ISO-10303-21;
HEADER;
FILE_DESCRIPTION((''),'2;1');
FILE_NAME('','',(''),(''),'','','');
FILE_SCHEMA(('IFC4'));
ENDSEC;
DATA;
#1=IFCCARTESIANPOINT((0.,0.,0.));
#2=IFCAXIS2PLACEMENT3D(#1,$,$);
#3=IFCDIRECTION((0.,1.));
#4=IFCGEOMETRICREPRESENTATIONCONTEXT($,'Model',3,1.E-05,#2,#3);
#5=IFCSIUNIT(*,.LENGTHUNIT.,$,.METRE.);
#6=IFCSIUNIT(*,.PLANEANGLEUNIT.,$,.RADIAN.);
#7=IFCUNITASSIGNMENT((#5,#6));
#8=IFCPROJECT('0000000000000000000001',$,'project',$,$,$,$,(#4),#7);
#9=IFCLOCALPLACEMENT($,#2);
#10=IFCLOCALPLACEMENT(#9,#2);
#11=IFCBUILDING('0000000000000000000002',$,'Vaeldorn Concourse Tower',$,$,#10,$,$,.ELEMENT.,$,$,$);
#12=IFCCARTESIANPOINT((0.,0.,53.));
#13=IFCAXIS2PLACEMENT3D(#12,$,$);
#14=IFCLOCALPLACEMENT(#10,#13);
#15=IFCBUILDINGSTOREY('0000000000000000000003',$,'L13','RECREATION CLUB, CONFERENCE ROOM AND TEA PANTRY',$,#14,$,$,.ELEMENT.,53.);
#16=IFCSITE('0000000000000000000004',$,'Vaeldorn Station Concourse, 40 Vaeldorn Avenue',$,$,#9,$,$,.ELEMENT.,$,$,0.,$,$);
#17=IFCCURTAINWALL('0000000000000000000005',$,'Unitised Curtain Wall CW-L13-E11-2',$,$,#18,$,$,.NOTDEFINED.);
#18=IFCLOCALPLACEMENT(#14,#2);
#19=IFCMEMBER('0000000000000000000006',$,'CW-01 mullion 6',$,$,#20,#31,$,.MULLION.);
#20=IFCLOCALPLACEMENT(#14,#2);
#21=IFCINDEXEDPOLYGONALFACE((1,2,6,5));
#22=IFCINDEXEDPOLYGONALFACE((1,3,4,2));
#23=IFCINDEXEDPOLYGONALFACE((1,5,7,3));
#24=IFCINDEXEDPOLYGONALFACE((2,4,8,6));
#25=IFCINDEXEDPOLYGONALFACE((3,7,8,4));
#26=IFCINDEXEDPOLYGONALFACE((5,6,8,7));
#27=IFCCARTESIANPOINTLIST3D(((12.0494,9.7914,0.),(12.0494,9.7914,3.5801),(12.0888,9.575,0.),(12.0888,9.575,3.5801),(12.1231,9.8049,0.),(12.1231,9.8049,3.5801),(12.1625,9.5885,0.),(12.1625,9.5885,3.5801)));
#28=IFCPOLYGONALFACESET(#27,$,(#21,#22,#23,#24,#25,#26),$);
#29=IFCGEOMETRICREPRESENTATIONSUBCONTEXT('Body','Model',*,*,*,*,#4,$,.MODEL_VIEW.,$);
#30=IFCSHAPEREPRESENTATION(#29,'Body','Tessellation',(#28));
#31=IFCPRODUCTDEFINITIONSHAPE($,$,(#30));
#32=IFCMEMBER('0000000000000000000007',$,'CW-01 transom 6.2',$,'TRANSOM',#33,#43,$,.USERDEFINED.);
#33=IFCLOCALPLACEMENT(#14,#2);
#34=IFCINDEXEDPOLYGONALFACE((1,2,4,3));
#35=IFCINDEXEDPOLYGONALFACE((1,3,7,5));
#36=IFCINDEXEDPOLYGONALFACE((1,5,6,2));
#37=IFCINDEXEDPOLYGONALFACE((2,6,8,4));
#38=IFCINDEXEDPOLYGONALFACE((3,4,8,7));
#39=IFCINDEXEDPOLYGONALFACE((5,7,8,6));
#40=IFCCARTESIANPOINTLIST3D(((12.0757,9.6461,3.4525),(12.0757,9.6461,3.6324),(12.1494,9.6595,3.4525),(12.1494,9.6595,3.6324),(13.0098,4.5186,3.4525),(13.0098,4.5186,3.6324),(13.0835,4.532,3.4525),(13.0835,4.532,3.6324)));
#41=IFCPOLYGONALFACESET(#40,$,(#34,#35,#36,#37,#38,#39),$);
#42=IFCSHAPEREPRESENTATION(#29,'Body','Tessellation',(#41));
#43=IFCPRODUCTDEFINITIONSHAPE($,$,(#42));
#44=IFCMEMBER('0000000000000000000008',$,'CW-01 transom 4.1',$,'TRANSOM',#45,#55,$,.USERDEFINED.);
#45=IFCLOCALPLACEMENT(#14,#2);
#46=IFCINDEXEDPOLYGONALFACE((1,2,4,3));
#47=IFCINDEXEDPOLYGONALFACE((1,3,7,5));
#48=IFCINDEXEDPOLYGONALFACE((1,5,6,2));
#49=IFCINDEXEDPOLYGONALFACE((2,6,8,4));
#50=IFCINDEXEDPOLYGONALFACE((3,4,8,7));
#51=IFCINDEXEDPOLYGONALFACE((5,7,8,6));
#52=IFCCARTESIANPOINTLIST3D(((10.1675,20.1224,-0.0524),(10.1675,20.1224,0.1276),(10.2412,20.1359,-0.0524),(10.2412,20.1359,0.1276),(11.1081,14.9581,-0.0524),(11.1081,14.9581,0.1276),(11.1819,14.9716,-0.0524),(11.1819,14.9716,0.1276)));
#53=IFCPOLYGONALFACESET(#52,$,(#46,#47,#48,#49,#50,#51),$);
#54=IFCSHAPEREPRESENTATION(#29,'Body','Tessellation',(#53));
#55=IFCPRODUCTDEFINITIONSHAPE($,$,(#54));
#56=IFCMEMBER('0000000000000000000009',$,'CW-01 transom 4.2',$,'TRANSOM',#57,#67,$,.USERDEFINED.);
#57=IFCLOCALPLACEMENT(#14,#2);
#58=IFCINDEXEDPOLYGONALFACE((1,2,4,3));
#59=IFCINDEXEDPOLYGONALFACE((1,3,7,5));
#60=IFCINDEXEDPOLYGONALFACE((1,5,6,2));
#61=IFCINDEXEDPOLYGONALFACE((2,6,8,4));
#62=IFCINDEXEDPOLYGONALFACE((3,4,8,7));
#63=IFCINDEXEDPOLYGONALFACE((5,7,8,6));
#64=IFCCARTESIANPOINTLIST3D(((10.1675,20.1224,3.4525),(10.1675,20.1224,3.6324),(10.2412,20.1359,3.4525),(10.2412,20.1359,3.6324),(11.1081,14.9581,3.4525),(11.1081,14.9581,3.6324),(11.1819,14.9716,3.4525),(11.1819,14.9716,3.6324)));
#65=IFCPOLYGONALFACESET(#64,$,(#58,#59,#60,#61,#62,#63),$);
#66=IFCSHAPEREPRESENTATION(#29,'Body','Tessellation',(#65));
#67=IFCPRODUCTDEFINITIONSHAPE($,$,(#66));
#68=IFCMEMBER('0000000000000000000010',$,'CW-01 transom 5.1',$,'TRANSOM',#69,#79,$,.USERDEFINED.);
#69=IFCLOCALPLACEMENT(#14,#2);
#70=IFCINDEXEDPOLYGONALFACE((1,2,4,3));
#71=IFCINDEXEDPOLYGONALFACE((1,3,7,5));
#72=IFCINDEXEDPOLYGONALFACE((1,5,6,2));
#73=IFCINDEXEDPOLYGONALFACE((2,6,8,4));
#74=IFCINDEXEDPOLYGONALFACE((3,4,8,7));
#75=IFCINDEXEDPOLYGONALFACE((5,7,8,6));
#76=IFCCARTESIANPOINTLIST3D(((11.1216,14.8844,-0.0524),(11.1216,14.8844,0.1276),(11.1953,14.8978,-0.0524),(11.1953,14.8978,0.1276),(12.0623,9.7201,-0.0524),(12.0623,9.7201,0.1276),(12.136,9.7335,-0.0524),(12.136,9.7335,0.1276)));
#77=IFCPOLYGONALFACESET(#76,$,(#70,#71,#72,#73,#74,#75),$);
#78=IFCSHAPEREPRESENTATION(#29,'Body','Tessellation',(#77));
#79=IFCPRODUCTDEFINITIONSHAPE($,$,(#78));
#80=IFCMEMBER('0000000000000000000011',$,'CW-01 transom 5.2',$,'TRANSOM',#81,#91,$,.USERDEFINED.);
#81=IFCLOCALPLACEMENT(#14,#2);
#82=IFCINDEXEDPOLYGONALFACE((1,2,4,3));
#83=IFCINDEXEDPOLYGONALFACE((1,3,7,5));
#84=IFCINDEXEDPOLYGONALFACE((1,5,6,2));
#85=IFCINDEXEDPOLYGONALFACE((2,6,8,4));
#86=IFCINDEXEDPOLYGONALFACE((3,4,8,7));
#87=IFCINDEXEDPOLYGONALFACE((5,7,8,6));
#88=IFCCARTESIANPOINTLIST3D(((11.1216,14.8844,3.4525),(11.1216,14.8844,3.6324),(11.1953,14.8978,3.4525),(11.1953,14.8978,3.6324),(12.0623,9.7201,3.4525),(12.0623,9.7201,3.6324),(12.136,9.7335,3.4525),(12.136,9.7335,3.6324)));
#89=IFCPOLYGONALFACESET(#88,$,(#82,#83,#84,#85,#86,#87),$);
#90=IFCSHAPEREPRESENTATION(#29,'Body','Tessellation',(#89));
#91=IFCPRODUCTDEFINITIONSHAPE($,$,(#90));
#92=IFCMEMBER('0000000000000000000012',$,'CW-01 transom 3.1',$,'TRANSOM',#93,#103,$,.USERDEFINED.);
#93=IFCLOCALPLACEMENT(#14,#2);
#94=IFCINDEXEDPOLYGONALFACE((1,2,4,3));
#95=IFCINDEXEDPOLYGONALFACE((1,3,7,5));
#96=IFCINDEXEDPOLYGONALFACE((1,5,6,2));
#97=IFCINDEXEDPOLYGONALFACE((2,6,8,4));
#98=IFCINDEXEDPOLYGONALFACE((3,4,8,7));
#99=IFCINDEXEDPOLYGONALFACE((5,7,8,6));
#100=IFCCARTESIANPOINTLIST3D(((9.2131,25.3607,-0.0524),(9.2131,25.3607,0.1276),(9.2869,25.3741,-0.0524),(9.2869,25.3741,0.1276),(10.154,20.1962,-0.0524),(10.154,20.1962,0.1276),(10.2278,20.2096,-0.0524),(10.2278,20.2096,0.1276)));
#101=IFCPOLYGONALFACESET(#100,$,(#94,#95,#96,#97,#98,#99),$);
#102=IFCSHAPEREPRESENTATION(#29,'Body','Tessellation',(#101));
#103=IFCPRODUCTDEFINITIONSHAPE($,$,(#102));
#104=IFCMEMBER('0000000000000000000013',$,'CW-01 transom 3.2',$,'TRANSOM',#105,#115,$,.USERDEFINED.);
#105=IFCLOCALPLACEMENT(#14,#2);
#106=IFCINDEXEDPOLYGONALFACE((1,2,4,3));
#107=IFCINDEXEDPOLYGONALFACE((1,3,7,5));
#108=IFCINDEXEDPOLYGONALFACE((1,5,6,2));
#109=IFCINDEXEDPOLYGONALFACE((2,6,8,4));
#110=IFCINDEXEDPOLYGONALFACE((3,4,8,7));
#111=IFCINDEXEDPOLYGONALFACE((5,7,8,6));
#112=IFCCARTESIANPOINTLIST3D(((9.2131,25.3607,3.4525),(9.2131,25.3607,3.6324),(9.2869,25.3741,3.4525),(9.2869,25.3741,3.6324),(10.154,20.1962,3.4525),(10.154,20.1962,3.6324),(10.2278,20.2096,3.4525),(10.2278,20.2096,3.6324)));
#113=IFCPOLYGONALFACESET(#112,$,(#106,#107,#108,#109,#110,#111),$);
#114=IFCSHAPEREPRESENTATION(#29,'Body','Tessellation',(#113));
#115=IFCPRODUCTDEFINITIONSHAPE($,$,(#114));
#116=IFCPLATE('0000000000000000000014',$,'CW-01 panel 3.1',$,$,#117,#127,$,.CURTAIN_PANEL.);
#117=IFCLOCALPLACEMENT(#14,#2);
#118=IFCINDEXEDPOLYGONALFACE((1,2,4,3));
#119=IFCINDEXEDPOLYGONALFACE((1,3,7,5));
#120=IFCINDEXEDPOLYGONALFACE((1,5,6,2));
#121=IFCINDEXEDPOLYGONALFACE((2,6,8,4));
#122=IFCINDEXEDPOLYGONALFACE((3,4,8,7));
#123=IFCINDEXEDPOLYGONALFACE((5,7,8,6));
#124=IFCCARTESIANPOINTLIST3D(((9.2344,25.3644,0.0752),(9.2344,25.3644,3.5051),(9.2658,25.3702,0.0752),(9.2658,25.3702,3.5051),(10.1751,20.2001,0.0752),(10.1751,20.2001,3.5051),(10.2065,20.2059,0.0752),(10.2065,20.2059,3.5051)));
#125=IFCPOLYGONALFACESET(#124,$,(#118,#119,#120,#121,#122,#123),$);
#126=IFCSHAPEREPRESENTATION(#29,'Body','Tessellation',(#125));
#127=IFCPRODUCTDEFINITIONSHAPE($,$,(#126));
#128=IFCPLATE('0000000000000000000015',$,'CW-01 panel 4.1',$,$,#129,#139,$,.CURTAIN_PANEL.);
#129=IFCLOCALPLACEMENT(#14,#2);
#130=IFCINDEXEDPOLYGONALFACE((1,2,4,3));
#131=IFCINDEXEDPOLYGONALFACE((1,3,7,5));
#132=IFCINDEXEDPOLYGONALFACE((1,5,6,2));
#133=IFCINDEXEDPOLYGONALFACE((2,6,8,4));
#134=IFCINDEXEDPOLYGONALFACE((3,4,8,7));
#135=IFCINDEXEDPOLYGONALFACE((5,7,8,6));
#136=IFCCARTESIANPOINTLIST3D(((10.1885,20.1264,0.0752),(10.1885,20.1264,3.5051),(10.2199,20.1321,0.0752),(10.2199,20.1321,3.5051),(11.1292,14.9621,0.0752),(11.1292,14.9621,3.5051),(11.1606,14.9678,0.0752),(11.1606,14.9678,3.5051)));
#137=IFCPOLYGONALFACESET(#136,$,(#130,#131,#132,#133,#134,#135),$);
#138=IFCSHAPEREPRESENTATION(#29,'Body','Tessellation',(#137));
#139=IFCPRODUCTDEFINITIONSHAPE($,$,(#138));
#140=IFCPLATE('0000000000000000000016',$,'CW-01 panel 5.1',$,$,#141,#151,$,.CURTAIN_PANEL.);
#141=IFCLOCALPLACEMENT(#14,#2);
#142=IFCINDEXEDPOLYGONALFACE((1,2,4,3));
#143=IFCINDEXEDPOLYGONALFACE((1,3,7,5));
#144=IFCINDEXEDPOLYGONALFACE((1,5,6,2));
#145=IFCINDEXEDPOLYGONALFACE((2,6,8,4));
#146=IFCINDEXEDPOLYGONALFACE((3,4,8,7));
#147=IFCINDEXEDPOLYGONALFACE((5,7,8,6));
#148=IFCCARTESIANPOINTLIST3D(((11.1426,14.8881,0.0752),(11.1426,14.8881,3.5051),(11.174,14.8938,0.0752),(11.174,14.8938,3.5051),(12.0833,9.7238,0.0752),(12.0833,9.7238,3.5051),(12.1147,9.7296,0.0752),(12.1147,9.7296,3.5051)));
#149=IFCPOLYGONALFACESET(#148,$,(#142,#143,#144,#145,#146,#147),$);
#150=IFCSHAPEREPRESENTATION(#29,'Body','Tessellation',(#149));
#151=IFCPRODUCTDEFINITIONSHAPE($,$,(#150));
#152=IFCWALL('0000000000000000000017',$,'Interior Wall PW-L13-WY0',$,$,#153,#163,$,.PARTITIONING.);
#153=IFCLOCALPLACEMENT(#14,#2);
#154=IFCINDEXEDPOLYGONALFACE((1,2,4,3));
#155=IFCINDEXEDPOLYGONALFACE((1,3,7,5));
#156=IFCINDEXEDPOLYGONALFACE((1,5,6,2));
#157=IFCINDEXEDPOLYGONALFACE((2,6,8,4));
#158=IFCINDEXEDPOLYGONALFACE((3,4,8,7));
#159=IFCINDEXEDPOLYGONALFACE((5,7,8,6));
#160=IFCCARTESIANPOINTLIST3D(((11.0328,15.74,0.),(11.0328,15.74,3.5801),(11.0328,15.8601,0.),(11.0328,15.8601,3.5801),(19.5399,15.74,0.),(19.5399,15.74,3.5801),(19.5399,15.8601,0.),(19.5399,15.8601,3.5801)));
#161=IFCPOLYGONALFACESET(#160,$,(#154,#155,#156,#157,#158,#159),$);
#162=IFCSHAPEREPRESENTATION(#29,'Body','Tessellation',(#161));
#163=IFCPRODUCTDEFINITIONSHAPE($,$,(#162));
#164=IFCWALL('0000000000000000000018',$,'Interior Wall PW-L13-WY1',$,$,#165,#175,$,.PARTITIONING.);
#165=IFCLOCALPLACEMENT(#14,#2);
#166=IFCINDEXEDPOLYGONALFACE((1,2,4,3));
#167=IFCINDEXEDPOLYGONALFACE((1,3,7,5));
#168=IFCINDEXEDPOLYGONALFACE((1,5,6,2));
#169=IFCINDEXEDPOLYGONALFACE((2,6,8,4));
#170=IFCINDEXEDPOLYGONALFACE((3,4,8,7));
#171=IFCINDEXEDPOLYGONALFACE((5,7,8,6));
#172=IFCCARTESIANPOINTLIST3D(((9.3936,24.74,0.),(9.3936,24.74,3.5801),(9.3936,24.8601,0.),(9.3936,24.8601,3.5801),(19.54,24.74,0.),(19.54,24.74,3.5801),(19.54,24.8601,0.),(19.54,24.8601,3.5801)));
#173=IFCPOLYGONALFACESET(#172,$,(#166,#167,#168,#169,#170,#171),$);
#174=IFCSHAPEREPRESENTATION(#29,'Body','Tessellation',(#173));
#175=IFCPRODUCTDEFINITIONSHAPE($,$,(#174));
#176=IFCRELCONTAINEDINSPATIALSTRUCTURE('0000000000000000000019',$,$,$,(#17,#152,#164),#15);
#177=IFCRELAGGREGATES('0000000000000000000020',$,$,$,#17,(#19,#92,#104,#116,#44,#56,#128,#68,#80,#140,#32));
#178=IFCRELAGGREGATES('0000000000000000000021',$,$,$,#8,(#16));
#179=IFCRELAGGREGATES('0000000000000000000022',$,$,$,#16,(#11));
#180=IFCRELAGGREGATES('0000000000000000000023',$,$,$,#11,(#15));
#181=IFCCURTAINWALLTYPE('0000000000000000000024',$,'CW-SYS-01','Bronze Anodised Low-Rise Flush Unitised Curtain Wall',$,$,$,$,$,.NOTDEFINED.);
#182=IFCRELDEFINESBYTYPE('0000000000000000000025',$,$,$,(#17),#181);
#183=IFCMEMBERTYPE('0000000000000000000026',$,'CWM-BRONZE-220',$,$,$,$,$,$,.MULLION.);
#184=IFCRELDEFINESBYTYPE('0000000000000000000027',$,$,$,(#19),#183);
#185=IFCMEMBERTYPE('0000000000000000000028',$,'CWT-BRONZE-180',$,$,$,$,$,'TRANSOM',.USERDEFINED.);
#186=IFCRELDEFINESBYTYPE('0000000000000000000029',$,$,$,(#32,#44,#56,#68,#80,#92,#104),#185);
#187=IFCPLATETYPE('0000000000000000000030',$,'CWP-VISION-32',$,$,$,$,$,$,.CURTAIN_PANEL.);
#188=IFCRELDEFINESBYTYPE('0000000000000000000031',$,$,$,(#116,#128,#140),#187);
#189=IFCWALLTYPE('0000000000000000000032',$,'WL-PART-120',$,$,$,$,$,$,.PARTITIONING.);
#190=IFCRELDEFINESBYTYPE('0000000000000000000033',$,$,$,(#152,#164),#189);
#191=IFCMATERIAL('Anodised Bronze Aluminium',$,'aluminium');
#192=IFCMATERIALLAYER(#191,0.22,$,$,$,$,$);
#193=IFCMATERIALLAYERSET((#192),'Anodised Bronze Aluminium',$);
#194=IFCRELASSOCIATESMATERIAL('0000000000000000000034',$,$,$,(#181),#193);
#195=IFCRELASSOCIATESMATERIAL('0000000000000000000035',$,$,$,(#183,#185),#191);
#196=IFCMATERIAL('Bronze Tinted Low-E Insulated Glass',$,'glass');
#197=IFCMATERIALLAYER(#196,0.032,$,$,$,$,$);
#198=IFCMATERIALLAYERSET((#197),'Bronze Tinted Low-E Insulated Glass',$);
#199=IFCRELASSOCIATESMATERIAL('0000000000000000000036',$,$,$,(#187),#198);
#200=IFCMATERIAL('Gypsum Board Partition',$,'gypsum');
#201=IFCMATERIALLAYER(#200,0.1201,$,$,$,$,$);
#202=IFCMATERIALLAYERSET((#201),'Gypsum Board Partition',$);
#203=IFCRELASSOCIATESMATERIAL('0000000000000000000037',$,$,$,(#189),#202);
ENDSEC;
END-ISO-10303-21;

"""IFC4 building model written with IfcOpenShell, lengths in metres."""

from ifc_helpers import new_model, si_unit, direction, frame, frame_2d, origin, origin_2d, place, context, subcontext, project, spatial, rectangle, extrude, source, transform, mapped, material, layer, layer_set, material_profile, profile_set, type_object, element, aggregate, save


model = new_model("IFC4")

# Units and contexts
model_context = context("Model", 3, precision=1e-05, world=origin(), true_north=direction((0.0, 1.0)))
body_context = subcontext(model_context, "Body", "Model", "MODEL_VIEW")
ifc_project = project(units=[si_unit("LENGTHUNIT", "METRE"), si_unit("PLANEANGLEUNIT", "RADIAN")], contexts=[model_context])

# Site, building, storey
site_placement = place(None, origin())
site = spatial("IfcSite", under=ifc_project, at=site_placement, Name="Vaeldorn Station Concourse, 40 Vaeldorn Avenue", CompositionType="ELEMENT", RefElevation=0.0)
building_placement = place(site_placement, origin())
building = spatial("IfcBuilding", under=site, at=building_placement, Name="Vaeldorn Concourse Tower", CompositionType="ELEMENT")
storey_placement = place(building_placement, frame((0.0, 0.0, 53.0)))
storey = spatial("IfcBuildingStorey", under=building, at=storey_placement, Name="L13", Description="RECREATION CLUB, CONFERENCE ROOM AND TEA PANTRY", CompositionType="ELEMENT", Elevation=53.0)

# Curtain wall, members, plates
ifc_material_1 = material(Name="Anodised Bronze Aluminium", Category="aluminium")
ifc_layer_1 = layer(ifc_material_1, 0.22)
ifc_layer_set_1 = layer_set([ifc_layer_1], Name="Anodised Bronze Aluminium")
curtain_wall_type = type_object("IfcCurtainWallType", Name="CW-SYS-01", Description="Bronze Anodised Low-Rise Flush Unitised Curtain Wall", PredefinedType="NOTDEFINED", material=ifc_layer_set_1)
curtain_wall_placement = place(storey_placement, origin())
curtain_wall = element("IfcCurtainWall", 1, at=curtain_wall_placement, inside=storey, type_object=curtain_wall_type, Name="Unitised Curtain Wall CW-L13-E11-2", PredefinedType="NOTDEFINED")
ifc_material_profile_1 = material_profile(ifc_material_1, rectangle(XDim=0.075, YDim=0.22, at=origin_2d()), Name="CWM 75x220")
ifc_profile_set_1 = profile_set([ifc_material_profile_1], Name="Anodised Bronze Aluminium")
member_type_1 = type_object("IfcMemberType", Name="CWM-BRONZE-220", PredefinedType="MULLION", material=ifc_profile_set_1)
shared_shape_1 = source(origin(), body_context, "Body", "SweptSolid", [
    extrude(rectangle(XDim=0.075, YDim=0.22, at=origin_2d()), origin(), (0.0, 0.0, 1.0), 3.5801),
])
member_1_placement = place(storey_placement, frame((12.106, 9.6899, 0.0), z_axis=(0.0, 0.0, 1.0), x_axis=(0.983812, 0.179206, 0.0)))
member_1 = element("IfcMember", 2, at=member_1_placement, type_object=member_type_1, Name="CW-01 mullion 6", PredefinedType="MULLION", context=body_context, shape_type="MappedRepresentation", body=[
    mapped(shared_shape_1, transform((0.0, 0.0, 0.0), scale=1.0)),
])
ifc_material_profile_2 = material_profile(ifc_material_1, rectangle(XDim=0.075, YDim=0.1799, at=origin_2d()), Name="CWT 75x180")
ifc_profile_set_2 = profile_set([ifc_material_profile_2], Name="Anodised Bronze Aluminium")
member_type_2 = type_object("IfcMemberType", Name="CWT-BRONZE-180", ElementType="TRANSOM", PredefinedType="USERDEFINED", material=ifc_profile_set_2)
shared_shape_2 = source(origin(), body_context, "Body", "SweptSolid", [
    extrude(rectangle(XDim=0.075, YDim=0.1799, at=origin_2d()), origin(), (0.0, 0.0, 1.0), 5.2119),
])
member_2_placement = place(storey_placement, frame((12.1125, 9.6528, 3.5425), z_axis=(0.179223, -0.983808, 0.0), x_axis=(0.983808, 0.179223, 0.0)))
member_2 = element("IfcMember", 3, at=member_2_placement, type_object=member_type_2, Name="CW-01 transom 6.2", ObjectType="TRANSOM", PredefinedType="USERDEFINED", context=body_context, shape_type="MappedRepresentation", body=[
    mapped(shared_shape_2, transform((0.0, 0.0, 0.0), scale=1.0)),
])
shared_shape_3 = source(origin(), body_context, "Body", "SweptSolid", [
    extrude(rectangle(XDim=0.075, YDim=0.1799, at=origin_2d()), origin(), (0.0, 0.0, 1.0), 5.2493),
])
member_3_placement = place(storey_placement, frame((10.2043, 20.1292, 0.0376), z_axis=(0.179201, -0.983813, 0.0), x_axis=(0.983813, 0.179201, 0.0)))
member_3 = element("IfcMember", 4, at=member_3_placement, type_object=member_type_2, Name="CW-01 transom 4.1", ObjectType="TRANSOM", PredefinedType="USERDEFINED", context=body_context, shape_type="MappedRepresentation", body=[
    mapped(shared_shape_3, transform((0.0, 0.0, 0.0), scale=1.0)),
])
member_4_placement = place(storey_placement, frame((10.2043, 20.1292, 3.5425), z_axis=(0.179201, -0.983813, 0.0), x_axis=(0.983813, 0.179201, 0.0)))
member_4 = element("IfcMember", 5, at=member_4_placement, type_object=member_type_2, Name="CW-01 transom 4.2", ObjectType="TRANSOM", PredefinedType="USERDEFINED", context=body_context, shape_type="MappedRepresentation", body=[
    mapped(shared_shape_3, transform((0.0, 0.0, 0.0), scale=1.0)),
])
member_5_placement = place(storey_placement, frame((11.1584, 14.8911, 0.0376), z_axis=(0.179201, -0.983813, 0.0), x_axis=(0.983813, 0.179201, 0.0)))
member_5 = element("IfcMember", 6, at=member_5_placement, type_object=member_type_2, Name="CW-01 transom 5.1", ObjectType="TRANSOM", PredefinedType="USERDEFINED", context=body_context, shape_type="MappedRepresentation", body=[
    mapped(shared_shape_3, transform((0.0, 0.0, 0.0), scale=1.0)),
])
member_6_placement = place(storey_placement, frame((11.1584, 14.8911, 3.5425), z_axis=(0.179201, -0.983813, 0.0), x_axis=(0.983813, 0.179201, 0.0)))
member_6 = element("IfcMember", 7, at=member_6_placement, type_object=member_type_2, Name="CW-01 transom 5.2", ObjectType="TRANSOM", PredefinedType="USERDEFINED", context=body_context, shape_type="MappedRepresentation", body=[
    mapped(shared_shape_3, transform((0.0, 0.0, 0.0), scale=1.0)),
])
shared_shape_4 = source(origin(), body_context, "Body", "SweptSolid", [
    extrude(rectangle(XDim=0.075, YDim=0.1799, at=origin_2d()), origin(), (0.0, 0.0, 1.0), 5.2495),
])
member_7_placement = place(storey_placement, frame((9.25, 25.3674, 0.0376), z_axis=(0.179237, -0.983806, 0.0), x_axis=(0.983806, 0.179237, 0.0)))
member_7 = element("IfcMember", 8, at=member_7_placement, type_object=member_type_2, Name="CW-01 transom 3.1", ObjectType="TRANSOM", PredefinedType="USERDEFINED", context=body_context, shape_type="MappedRepresentation", body=[
    mapped(shared_shape_4, transform((0.0, 0.0, 0.0), scale=1.0)),
])
member_8_placement = place(storey_placement, frame((9.25, 25.3674, 3.5425), z_axis=(0.179237, -0.983806, 0.0), x_axis=(0.983806, 0.179237, 0.0)))
member_8 = element("IfcMember", 9, at=member_8_placement, type_object=member_type_2, Name="CW-01 transom 3.2", ObjectType="TRANSOM", PredefinedType="USERDEFINED", context=body_context, shape_type="MappedRepresentation", body=[
    mapped(shared_shape_4, transform((0.0, 0.0, 0.0), scale=1.0)),
])
ifc_material_2 = material(Name="Bronze Tinted Low-E Insulated Glass", Category="glass")
ifc_layer_2 = layer(ifc_material_2, 0.032)
ifc_layer_set_2 = layer_set([ifc_layer_2], Name="Bronze Tinted Low-E Insulated Glass")
plate_type = type_object("IfcPlateType", Name="CWP-VISION-32", PredefinedType="CURTAIN_PANEL", material=ifc_layer_set_2)
shared_shape_5 = source(origin(), body_context, "Body", "SweptSolid", [
    extrude(rectangle(XDim=5.2493, YDim=0.032, at=origin_2d()), origin(), (0.0, 0.0, 1.0), 3.4299),
])
plate_1_placement = place(storey_placement, frame((9.7205, 22.7852, 0.0752), z_axis=(0.0, 0.0, 1.0), x_axis=(0.179206, -0.983812, 0.0)))
plate_1 = element("IfcPlate", 10, at=plate_1_placement, type_object=plate_type, Name="CW-01 panel 3.1", PredefinedType="CURTAIN_PANEL", context=body_context, shape_type="MappedRepresentation", body=[
    mapped(shared_shape_5, transform((0.0, 0.0, 0.0), scale=1.0)),
])
plate_2_placement = place(storey_placement, frame((10.6746, 17.5471, 0.0752), z_axis=(0.0, 0.0, 1.0), x_axis=(0.179206, -0.983812, 0.0)))
plate_2 = element("IfcPlate", 11, at=plate_2_placement, type_object=plate_type, Name="CW-01 panel 4.1", PredefinedType="CURTAIN_PANEL", context=body_context, shape_type="MappedRepresentation", body=[
    mapped(shared_shape_5, transform((0.0, 0.0, 0.0), scale=1.0)),
])
plate_3_placement = place(storey_placement, frame((11.6287, 12.3088, 0.0752), z_axis=(0.0, 0.0, 1.0), x_axis=(0.179206, -0.983812, 0.0)))
plate_3 = element("IfcPlate", 12, at=plate_3_placement, type_object=plate_type, Name="CW-01 panel 5.1", PredefinedType="CURTAIN_PANEL", context=body_context, shape_type="MappedRepresentation", body=[
    mapped(shared_shape_5, transform((0.0, 0.0, 0.0), scale=1.0)),
])
aggregate(curtain_wall, [member_1, member_7, member_8, plate_1, member_3, member_4, plate_2, member_5, member_6, plate_3, member_2])

# Walls
ifc_material_3 = material(Name="Gypsum Board Partition", Category="gypsum")
ifc_layer_3 = layer(ifc_material_3, 0.1201)
ifc_layer_set_3 = layer_set([ifc_layer_3], Name="Gypsum Board Partition")
wall_type = type_object("IfcWallType", Name="WL-PART-120", PredefinedType="PARTITIONING", material=ifc_layer_set_3)
wall_1_placement = place(storey_placement, frame((11.033, 15.8, 0.0), z_axis=(0.0, 0.0, 1.0), x_axis=(1.0, 0.0, 0.0)))
element("IfcWall", 13, at=wall_1_placement, inside=storey, type_object=wall_type, Name="Interior Wall PW-L13-WY0", PredefinedType="PARTITIONING", context=body_context, shape_type="SweptSolid", body=[
    extrude(rectangle(XDim=8.5071, YDim=0.1201, at=frame_2d((4.2534, 0.0))), origin(), (0.0, 0.0, 1.0), 3.5801),
])
wall_2_placement = place(storey_placement, frame((9.3936, 24.8, 0.0), z_axis=(0.0, 0.0, 1.0), x_axis=(1.0, 0.0, 0.0)))
element("IfcWall", 14, at=wall_2_placement, inside=storey, type_object=wall_type, Name="Interior Wall PW-L13-WY1", PredefinedType="PARTITIONING", context=body_context, shape_type="SweptSolid", body=[
    extrude(rectangle(XDim=10.1465, YDim=0.1201, at=frame_2d((5.0732, 0.0))), origin(), (0.0, 0.0, 1.0), 3.5801),
])

save(model, "model.ifc")
